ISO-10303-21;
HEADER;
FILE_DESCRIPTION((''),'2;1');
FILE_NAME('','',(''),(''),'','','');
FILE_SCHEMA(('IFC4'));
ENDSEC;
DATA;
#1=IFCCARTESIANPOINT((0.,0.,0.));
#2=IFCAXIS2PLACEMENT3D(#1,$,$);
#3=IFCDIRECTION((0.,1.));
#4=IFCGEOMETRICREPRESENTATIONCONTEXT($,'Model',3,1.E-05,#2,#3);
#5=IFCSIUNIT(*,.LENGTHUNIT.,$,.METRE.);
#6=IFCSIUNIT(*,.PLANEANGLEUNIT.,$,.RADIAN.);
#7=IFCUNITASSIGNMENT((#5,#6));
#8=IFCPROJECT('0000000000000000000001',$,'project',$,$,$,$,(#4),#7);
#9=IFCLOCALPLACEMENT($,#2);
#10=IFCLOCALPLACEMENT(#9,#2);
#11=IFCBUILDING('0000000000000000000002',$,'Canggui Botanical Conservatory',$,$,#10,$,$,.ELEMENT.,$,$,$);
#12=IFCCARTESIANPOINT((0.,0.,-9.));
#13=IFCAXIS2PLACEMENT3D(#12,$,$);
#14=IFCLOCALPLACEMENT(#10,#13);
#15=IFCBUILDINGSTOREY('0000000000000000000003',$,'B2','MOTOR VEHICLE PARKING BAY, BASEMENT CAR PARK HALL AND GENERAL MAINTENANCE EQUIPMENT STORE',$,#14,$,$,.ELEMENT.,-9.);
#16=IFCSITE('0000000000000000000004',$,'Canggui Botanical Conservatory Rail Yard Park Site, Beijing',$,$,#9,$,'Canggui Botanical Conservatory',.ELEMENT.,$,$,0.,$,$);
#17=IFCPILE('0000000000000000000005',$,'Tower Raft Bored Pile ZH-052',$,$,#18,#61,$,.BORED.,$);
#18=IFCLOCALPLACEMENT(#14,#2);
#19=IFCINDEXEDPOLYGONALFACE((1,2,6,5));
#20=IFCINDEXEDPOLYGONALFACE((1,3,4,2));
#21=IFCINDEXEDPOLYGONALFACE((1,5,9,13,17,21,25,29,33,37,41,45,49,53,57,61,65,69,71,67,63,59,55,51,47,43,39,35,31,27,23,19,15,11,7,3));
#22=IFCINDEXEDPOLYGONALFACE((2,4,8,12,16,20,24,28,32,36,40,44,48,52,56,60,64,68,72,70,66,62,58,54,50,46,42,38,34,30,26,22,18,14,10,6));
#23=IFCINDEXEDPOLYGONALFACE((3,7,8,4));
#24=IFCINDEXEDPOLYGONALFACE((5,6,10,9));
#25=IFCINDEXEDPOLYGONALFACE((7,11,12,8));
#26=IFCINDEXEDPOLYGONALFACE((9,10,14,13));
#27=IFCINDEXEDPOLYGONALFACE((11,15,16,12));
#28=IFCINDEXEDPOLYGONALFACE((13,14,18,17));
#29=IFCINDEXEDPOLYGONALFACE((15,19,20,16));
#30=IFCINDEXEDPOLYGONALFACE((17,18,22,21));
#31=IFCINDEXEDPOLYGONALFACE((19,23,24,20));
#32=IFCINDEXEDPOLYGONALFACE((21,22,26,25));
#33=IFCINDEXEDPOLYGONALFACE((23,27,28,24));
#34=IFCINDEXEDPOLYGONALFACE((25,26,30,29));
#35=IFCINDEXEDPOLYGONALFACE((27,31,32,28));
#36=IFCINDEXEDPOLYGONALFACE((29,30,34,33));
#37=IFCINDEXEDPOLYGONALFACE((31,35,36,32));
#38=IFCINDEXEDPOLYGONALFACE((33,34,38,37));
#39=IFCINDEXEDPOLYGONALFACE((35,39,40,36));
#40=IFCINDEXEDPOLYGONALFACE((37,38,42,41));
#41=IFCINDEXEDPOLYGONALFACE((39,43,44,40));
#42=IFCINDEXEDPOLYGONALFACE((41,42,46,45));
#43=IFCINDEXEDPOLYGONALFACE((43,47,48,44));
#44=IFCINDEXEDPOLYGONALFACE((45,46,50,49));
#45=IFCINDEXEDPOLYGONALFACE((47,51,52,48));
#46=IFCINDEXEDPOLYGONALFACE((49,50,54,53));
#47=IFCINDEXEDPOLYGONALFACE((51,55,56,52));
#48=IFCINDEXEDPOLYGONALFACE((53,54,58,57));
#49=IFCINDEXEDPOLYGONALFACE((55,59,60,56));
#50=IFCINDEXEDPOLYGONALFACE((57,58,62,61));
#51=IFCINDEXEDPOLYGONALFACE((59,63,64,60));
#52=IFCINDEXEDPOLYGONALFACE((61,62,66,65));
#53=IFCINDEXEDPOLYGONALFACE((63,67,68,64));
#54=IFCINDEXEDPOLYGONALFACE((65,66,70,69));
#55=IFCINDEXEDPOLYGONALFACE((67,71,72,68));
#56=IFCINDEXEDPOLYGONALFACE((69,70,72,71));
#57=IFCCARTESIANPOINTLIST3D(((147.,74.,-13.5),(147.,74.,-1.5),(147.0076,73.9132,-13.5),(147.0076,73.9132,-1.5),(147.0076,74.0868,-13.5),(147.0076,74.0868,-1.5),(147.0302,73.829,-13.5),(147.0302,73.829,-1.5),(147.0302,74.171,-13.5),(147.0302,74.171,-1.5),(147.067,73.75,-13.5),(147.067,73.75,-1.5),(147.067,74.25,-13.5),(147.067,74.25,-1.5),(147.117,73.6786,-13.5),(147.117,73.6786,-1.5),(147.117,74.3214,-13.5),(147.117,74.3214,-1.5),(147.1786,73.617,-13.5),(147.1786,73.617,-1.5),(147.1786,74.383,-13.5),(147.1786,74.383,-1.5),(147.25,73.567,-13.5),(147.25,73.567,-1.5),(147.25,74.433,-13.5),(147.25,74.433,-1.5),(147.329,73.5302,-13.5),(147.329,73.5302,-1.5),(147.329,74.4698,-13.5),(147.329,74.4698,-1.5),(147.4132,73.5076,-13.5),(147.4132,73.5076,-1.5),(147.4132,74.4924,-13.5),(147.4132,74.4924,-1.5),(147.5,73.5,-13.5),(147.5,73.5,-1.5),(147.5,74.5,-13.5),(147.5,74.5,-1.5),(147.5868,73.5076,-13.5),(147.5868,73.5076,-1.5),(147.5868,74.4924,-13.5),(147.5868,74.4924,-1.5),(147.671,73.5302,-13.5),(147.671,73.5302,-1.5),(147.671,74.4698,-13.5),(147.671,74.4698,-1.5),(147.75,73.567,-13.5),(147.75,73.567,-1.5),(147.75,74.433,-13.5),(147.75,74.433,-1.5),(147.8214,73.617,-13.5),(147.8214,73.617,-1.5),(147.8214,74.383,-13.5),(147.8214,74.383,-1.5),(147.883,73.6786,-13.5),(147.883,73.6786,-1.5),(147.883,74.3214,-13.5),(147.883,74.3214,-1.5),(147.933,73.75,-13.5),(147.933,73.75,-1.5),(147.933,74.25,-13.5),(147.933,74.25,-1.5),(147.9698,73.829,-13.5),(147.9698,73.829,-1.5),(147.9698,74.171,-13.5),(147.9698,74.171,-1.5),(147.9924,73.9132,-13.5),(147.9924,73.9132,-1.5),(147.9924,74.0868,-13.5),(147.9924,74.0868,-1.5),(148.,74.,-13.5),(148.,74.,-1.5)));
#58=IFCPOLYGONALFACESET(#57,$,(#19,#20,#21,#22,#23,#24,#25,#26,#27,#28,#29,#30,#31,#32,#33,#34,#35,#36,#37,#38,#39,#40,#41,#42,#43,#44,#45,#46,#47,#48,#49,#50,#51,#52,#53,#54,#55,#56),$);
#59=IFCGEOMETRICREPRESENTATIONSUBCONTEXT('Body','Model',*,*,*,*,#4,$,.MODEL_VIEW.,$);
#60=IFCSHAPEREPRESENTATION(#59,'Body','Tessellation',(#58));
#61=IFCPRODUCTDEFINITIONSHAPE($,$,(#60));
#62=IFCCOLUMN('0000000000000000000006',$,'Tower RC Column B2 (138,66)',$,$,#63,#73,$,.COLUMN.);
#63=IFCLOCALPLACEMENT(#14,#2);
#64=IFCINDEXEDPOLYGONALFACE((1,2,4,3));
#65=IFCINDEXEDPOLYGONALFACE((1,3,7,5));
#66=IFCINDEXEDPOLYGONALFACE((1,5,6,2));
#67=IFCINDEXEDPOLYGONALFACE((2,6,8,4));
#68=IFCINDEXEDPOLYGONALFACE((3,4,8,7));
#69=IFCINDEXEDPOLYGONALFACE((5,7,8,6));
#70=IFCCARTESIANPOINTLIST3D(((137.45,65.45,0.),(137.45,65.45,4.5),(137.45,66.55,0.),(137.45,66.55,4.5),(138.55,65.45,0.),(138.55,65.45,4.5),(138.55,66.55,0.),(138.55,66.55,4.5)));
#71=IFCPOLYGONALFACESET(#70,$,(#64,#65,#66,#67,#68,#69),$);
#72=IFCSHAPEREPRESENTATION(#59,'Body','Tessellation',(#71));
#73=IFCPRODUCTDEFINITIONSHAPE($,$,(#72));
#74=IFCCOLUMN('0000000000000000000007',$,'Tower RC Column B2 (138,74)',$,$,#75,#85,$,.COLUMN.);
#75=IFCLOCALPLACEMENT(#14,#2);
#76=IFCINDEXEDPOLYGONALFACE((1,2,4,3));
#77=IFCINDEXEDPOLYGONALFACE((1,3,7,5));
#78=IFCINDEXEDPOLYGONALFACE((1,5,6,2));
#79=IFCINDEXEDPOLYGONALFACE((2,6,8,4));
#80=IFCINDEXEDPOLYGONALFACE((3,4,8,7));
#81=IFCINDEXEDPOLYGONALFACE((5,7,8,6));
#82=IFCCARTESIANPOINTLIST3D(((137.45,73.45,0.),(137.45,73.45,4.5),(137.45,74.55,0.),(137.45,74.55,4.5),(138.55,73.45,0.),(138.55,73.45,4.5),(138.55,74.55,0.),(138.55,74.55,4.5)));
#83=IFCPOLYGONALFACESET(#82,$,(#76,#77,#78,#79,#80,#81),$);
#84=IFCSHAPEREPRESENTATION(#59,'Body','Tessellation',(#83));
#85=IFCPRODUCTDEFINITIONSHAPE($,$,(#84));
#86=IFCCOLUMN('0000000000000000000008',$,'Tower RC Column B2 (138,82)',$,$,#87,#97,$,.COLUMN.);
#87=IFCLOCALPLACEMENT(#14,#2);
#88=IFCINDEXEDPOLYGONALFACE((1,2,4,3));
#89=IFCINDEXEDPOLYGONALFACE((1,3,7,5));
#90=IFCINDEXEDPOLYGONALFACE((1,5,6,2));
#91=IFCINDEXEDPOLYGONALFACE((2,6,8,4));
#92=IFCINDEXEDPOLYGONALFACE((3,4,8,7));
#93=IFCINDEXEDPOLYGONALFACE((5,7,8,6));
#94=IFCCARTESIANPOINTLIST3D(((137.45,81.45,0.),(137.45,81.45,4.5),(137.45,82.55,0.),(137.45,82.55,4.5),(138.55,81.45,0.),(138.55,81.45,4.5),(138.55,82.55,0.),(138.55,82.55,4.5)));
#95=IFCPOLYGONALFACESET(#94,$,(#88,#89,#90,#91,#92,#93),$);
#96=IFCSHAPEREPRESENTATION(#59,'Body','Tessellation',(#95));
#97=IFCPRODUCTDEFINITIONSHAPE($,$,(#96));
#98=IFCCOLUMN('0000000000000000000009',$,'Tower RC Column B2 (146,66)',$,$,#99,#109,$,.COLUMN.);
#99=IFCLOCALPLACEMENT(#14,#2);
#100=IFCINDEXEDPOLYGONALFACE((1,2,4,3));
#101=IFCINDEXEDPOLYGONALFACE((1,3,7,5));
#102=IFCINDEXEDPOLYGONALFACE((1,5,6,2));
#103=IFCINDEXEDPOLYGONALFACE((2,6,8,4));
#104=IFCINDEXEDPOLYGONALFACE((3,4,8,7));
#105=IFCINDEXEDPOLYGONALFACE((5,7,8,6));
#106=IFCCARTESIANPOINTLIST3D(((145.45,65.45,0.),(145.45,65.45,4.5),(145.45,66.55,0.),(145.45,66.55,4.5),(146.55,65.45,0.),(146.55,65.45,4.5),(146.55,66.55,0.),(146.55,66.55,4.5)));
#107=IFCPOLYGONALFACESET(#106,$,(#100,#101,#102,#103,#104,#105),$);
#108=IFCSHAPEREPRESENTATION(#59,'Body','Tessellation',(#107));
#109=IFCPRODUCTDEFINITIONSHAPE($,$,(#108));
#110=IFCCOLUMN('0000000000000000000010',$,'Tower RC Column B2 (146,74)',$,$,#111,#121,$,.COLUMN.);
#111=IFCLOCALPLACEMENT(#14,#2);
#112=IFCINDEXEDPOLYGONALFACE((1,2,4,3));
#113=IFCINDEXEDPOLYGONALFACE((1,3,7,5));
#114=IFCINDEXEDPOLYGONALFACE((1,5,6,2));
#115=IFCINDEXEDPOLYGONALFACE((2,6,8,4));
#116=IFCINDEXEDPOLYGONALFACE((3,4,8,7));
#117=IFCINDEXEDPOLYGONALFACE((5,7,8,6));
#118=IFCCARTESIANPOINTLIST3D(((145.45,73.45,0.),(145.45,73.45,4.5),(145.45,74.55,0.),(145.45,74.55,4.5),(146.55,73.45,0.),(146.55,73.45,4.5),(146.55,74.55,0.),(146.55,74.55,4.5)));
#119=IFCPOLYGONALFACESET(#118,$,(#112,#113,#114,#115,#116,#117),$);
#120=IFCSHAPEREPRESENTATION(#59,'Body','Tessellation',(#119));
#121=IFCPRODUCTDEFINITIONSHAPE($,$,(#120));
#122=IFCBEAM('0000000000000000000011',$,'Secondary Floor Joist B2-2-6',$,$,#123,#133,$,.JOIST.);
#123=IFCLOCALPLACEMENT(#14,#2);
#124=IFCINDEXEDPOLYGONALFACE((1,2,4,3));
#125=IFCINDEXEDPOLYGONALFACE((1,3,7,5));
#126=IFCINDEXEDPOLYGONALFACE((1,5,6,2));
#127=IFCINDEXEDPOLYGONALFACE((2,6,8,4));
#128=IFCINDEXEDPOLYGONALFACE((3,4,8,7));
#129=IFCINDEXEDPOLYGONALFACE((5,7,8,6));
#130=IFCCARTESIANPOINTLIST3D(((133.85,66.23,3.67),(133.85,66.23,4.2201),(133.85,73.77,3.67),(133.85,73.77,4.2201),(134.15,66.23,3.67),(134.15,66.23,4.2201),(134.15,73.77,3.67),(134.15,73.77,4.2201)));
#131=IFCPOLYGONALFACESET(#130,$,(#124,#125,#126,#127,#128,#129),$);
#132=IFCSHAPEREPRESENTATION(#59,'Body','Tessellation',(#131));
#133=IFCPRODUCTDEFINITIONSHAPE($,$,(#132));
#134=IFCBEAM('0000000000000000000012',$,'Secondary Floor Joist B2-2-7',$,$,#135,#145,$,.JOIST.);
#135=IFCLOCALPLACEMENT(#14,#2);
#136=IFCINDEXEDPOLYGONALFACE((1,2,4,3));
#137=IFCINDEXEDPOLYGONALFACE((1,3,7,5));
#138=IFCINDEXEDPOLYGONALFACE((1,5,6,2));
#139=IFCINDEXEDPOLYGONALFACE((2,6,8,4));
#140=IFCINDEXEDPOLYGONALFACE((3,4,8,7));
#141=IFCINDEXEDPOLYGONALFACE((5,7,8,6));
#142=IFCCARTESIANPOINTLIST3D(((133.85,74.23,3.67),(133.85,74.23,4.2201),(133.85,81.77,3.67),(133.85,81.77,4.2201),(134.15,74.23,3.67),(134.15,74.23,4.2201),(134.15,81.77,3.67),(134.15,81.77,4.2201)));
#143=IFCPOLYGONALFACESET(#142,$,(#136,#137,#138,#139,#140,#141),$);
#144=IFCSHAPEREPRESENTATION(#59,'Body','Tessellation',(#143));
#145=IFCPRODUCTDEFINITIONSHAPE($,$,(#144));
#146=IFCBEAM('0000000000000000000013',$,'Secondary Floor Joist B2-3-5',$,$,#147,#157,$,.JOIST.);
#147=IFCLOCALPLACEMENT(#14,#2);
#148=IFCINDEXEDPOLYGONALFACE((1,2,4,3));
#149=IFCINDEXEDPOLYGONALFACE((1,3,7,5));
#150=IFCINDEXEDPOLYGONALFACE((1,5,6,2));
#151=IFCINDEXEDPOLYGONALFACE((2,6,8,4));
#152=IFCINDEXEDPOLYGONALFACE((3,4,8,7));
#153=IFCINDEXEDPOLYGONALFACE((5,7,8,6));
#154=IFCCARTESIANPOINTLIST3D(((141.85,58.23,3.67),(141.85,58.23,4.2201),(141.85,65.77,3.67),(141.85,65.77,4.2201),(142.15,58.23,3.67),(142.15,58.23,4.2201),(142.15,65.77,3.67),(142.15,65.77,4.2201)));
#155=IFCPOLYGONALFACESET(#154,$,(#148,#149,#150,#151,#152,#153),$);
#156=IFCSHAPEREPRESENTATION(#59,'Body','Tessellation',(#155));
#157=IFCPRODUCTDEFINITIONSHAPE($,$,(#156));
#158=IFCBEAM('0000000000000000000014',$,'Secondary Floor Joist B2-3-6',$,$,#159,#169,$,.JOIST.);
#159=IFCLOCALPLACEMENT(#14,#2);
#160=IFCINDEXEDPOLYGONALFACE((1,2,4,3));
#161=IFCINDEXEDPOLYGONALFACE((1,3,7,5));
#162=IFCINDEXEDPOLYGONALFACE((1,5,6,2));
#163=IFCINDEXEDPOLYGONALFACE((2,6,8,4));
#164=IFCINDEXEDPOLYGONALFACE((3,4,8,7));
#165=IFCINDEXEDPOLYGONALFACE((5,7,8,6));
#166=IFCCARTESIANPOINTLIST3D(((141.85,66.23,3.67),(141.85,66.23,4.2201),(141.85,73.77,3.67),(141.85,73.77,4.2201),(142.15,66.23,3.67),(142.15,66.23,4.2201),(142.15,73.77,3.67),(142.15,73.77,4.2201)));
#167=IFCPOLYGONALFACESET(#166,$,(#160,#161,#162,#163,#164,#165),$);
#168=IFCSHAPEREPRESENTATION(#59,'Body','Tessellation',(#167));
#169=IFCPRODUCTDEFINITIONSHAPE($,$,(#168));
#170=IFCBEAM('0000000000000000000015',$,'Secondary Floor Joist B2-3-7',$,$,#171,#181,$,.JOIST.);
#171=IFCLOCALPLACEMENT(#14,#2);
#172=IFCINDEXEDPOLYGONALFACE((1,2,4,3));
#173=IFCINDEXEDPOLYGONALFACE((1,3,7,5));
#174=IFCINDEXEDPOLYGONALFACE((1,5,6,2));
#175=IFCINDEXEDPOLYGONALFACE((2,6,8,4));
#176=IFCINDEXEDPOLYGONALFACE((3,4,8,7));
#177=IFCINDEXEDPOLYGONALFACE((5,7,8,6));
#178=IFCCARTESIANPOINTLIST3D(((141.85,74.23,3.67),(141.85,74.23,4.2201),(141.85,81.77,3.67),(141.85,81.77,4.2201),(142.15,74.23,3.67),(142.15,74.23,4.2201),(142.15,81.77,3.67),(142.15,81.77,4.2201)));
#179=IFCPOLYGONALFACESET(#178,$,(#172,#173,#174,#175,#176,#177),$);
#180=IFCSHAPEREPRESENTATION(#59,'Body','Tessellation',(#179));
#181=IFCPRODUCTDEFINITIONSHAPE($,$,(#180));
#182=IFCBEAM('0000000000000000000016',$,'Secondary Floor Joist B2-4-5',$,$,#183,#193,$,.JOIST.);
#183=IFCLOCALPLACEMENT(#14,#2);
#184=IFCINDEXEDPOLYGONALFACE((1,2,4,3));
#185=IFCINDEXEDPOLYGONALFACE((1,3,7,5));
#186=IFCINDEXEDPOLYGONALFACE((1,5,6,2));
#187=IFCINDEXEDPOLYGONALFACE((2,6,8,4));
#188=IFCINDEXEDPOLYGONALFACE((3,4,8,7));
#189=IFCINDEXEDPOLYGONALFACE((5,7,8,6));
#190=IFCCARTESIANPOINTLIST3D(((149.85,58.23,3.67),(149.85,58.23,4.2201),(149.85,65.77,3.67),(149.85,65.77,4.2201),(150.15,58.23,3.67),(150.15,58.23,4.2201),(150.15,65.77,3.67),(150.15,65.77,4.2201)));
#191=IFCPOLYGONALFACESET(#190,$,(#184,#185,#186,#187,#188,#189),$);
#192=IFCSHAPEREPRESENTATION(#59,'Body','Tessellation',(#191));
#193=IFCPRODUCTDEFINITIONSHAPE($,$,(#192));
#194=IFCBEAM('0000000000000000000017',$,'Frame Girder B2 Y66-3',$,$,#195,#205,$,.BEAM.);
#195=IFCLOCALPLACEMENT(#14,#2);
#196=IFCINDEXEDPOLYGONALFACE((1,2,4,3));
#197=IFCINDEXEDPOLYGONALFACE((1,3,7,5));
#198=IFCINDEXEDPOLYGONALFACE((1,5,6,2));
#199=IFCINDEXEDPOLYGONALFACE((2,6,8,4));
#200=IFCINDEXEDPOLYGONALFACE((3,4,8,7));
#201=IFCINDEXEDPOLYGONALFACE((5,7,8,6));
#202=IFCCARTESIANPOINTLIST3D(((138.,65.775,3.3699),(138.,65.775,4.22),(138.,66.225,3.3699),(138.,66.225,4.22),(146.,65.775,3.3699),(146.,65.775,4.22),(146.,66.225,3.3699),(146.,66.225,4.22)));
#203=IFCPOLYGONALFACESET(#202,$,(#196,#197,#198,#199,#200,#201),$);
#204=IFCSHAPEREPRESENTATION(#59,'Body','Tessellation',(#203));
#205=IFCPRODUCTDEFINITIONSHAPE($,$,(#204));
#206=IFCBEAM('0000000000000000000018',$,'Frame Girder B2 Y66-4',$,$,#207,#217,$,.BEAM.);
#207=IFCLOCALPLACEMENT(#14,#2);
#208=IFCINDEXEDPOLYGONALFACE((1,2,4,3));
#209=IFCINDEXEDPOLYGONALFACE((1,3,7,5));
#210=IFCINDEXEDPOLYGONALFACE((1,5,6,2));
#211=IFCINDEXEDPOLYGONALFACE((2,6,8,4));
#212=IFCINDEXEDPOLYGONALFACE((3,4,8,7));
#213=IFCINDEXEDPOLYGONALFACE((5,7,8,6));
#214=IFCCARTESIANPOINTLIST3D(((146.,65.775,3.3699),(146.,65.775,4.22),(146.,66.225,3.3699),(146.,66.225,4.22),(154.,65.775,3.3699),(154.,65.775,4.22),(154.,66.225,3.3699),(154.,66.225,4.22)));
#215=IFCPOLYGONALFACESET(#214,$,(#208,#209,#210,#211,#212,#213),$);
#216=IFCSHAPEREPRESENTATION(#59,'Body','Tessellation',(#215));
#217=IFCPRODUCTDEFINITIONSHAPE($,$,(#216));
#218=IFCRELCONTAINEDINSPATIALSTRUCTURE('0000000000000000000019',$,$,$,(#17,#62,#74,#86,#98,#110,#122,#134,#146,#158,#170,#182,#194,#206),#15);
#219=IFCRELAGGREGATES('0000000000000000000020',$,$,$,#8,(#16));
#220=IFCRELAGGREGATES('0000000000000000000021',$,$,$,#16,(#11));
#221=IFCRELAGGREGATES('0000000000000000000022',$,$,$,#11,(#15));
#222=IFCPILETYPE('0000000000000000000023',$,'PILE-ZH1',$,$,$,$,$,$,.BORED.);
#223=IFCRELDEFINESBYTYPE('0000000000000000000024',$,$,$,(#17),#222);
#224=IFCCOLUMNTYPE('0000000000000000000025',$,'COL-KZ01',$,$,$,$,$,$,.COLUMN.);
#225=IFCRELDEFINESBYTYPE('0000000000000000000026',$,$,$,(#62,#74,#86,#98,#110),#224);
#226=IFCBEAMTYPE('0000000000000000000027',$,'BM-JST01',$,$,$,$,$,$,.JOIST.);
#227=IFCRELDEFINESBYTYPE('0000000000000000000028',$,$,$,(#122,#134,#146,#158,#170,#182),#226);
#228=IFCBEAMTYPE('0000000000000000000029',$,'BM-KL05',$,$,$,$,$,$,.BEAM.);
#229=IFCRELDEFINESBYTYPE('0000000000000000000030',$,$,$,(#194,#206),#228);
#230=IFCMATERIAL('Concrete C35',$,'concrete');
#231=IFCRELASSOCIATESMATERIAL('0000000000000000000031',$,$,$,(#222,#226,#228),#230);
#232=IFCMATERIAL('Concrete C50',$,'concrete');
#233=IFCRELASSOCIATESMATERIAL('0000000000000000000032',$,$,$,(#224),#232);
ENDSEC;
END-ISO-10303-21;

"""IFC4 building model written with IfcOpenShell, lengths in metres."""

from ifc_helpers import new_model, si_unit, direction, frame, origin, origin_2d, place, context, subcontext, project, spatial, rectangle, circle, extrude, material, material_profile, profile_set, type_object, element, save


model = new_model("IFC4")

# Units and contexts
model_context = context("Model", 3, precision=1e-05, world=origin(), true_north=direction((0.0, 1.0)))
body_context = subcontext(model_context, "Body", "Model", "MODEL_VIEW")
ifc_project = project(units=[si_unit("LENGTHUNIT", "METRE"), si_unit("PLANEANGLEUNIT", "RADIAN")], contexts=[model_context])

# Site, building, storey
site_placement = place(None, origin())
site = spatial("IfcSite", under=ifc_project, at=site_placement, Name="Canggui Botanical Conservatory Rail Yard Park Site, Beijing", LongName="Canggui Botanical Conservatory", CompositionType="ELEMENT", RefElevation=0.0)
building_placement = place(site_placement, origin())
building = spatial("IfcBuilding", under=site, at=building_placement, Name="Canggui Botanical Conservatory", CompositionType="ELEMENT")
storey_placement = place(building_placement, frame((0.0, 0.0, -9.0)))
storey = spatial("IfcBuildingStorey", under=building, at=storey_placement, Name="B2", Description="MOTOR VEHICLE PARKING BAY, BASEMENT CAR PARK HALL AND GENERAL MAINTENANCE EQUIPMENT STORE", CompositionType="ELEMENT", Elevation=-9.0)

# Pile
ifc_material_1 = material(Name="Concrete C35", Category="concrete")
ifc_material_profile_1 = material_profile(ifc_material_1, circle(Radius=0.5, at=origin_2d()), Name="PILE D1000")
ifc_profile_set_1 = profile_set([ifc_material_profile_1], Name="Concrete C35")
pile_type = type_object("IfcPileType", Name="PILE-ZH1", PredefinedType="BORED", material=ifc_profile_set_1)
for number, where, z_axis, x_axis, name in (
    (1, (147.5, 74.0, -1.5), (0.0, 0.0, -1.0), (1.0, 0.0, 0.0), "Tower Raft Bored Pile ZH-052"),
):
    element("IfcPile", number, at=place(storey_placement, frame(where, z_axis=z_axis, x_axis=x_axis)), inside=storey, type_object=pile_type, Name=name, PredefinedType="BORED", context=body_context, shape_type="SweptSolid", body=[
        extrude(circle(Radius=0.5, at=origin_2d()), origin(), (0.0, 0.0, 1.0), 12.0),
    ])

# Columns
ifc_material_2 = material(Name="Concrete C50", Category="concrete")
ifc_material_profile_2 = material_profile(ifc_material_2, rectangle(XDim=1.1001, YDim=1.1001, at=origin_2d()), Name="RC 1100x1100")
ifc_profile_set_2 = profile_set([ifc_material_profile_2], Name="Concrete C50")
column_type = type_object("IfcColumnType", Name="COL-KZ01", PredefinedType="COLUMN", material=ifc_profile_set_2)
for number, where, z_axis, x_axis, name in (
    (2, (138.0, 66.0, 0.0), (0.0, 0.0, 1.0), (1.0, 0.0, 0.0), "Tower RC Column B2 (138,66)"),
    (3, (138.0, 74.0, 0.0), (0.0, 0.0, 1.0), (1.0, 0.0, 0.0), "Tower RC Column B2 (138,74)"),
    (4, (138.0, 82.0, 0.0), (0.0, 0.0, 1.0), (1.0, 0.0, 0.0), "Tower RC Column B2 (138,82)"),
    (5, (146.0, 66.0, 0.0), (0.0, 0.0, 1.0), (1.0, 0.0, 0.0), "Tower RC Column B2 (146,66)"),
    (6, (146.0, 74.0, 0.0), (0.0, 0.0, 1.0), (1.0, 0.0, 0.0), "Tower RC Column B2 (146,74)"),
):
    element("IfcColumn", number, at=place(storey_placement, frame(where, z_axis=z_axis, x_axis=x_axis)), inside=storey, type_object=column_type, Name=name, PredefinedType="COLUMN", context=body_context, shape_type="SweptSolid", body=[
        extrude(rectangle(XDim=1.1001, YDim=1.1001, at=origin_2d()), origin(), (0.0, 0.0, 1.0), 4.5),
    ])

# Beams
ifc_material_profile_3 = material_profile(ifc_material_1, rectangle(XDim=0.3, YDim=0.55, at=origin_2d()), Name="RB 300x550")
ifc_profile_set_3 = profile_set([ifc_material_profile_3], Name="Concrete C35")
beam_type_1 = type_object("IfcBeamType", Name="BM-JST01", PredefinedType="JOIST", material=ifc_profile_set_3)
for number, where, z_axis, x_axis, name in (
    (7, (134.0, 66.23, 3.9451), (0.0, 1.0, 0.0), (-1.0, 0.0, 0.0), "Secondary Floor Joist B2-2-6"),
    (8, (134.0, 74.23, 3.9451), (0.0, 1.0, 0.0), (-1.0, 0.0, 0.0), "Secondary Floor Joist B2-2-7"),
    (9, (142.0, 58.23, 3.9451), (0.0, 1.0, 0.0), (-1.0, 0.0, 0.0), "Secondary Floor Joist B2-3-5"),
    (10, (142.0, 66.23, 3.9451), (0.0, 1.0, 0.0), (-1.0, 0.0, 0.0), "Secondary Floor Joist B2-3-6"),
    (11, (142.0, 74.23, 3.9451), (0.0, 1.0, 0.0), (-1.0, 0.0, 0.0), "Secondary Floor Joist B2-3-7"),
    (12, (150.0, 58.23, 3.9451), (0.0, 1.0, 0.0), (-1.0, 0.0, 0.0), "Secondary Floor Joist B2-4-5"),
):
    element("IfcBeam", number, at=place(storey_placement, frame(where, z_axis=z_axis, x_axis=x_axis)), inside=storey, type_object=beam_type_1, Name=name, PredefinedType="JOIST", context=body_context, shape_type="SweptSolid", body=[
        extrude(rectangle(XDim=0.3, YDim=0.55, at=origin_2d()), origin(), (0.0, 0.0, 1.0), 7.54),
    ])
ifc_material_profile_4 = material_profile(ifc_material_1, rectangle(XDim=0.45, YDim=0.8501, at=origin_2d()), Name="RB 450x850")
ifc_profile_set_4 = profile_set([ifc_material_profile_4], Name="Concrete C35")
beam_type_2 = type_object("IfcBeamType", Name="BM-KL05", PredefinedType="BEAM", material=ifc_profile_set_4)
for number, where, z_axis, x_axis, name in (
    (13, (138.0, 66.0, 3.7949), (1.0, 0.0, 0.0), (0.0, 1.0, 0.0), "Frame Girder B2 Y66-3"),
    (14, (146.0, 66.0, 3.7949), (1.0, 0.0, 0.0), (0.0, 1.0, 0.0), "Frame Girder B2 Y66-4"),
):
    element("IfcBeam", number, at=place(storey_placement, frame(where, z_axis=z_axis, x_axis=x_axis)), inside=storey, type_object=beam_type_2, Name=name, PredefinedType="BEAM", context=body_context, shape_type="SweptSolid", body=[
        extrude(rectangle(XDim=0.45, YDim=0.8501, at=origin_2d()), origin(), (0.0, 0.0, 1.0), 8.0),
    ])

save(model, "model.ifc")
